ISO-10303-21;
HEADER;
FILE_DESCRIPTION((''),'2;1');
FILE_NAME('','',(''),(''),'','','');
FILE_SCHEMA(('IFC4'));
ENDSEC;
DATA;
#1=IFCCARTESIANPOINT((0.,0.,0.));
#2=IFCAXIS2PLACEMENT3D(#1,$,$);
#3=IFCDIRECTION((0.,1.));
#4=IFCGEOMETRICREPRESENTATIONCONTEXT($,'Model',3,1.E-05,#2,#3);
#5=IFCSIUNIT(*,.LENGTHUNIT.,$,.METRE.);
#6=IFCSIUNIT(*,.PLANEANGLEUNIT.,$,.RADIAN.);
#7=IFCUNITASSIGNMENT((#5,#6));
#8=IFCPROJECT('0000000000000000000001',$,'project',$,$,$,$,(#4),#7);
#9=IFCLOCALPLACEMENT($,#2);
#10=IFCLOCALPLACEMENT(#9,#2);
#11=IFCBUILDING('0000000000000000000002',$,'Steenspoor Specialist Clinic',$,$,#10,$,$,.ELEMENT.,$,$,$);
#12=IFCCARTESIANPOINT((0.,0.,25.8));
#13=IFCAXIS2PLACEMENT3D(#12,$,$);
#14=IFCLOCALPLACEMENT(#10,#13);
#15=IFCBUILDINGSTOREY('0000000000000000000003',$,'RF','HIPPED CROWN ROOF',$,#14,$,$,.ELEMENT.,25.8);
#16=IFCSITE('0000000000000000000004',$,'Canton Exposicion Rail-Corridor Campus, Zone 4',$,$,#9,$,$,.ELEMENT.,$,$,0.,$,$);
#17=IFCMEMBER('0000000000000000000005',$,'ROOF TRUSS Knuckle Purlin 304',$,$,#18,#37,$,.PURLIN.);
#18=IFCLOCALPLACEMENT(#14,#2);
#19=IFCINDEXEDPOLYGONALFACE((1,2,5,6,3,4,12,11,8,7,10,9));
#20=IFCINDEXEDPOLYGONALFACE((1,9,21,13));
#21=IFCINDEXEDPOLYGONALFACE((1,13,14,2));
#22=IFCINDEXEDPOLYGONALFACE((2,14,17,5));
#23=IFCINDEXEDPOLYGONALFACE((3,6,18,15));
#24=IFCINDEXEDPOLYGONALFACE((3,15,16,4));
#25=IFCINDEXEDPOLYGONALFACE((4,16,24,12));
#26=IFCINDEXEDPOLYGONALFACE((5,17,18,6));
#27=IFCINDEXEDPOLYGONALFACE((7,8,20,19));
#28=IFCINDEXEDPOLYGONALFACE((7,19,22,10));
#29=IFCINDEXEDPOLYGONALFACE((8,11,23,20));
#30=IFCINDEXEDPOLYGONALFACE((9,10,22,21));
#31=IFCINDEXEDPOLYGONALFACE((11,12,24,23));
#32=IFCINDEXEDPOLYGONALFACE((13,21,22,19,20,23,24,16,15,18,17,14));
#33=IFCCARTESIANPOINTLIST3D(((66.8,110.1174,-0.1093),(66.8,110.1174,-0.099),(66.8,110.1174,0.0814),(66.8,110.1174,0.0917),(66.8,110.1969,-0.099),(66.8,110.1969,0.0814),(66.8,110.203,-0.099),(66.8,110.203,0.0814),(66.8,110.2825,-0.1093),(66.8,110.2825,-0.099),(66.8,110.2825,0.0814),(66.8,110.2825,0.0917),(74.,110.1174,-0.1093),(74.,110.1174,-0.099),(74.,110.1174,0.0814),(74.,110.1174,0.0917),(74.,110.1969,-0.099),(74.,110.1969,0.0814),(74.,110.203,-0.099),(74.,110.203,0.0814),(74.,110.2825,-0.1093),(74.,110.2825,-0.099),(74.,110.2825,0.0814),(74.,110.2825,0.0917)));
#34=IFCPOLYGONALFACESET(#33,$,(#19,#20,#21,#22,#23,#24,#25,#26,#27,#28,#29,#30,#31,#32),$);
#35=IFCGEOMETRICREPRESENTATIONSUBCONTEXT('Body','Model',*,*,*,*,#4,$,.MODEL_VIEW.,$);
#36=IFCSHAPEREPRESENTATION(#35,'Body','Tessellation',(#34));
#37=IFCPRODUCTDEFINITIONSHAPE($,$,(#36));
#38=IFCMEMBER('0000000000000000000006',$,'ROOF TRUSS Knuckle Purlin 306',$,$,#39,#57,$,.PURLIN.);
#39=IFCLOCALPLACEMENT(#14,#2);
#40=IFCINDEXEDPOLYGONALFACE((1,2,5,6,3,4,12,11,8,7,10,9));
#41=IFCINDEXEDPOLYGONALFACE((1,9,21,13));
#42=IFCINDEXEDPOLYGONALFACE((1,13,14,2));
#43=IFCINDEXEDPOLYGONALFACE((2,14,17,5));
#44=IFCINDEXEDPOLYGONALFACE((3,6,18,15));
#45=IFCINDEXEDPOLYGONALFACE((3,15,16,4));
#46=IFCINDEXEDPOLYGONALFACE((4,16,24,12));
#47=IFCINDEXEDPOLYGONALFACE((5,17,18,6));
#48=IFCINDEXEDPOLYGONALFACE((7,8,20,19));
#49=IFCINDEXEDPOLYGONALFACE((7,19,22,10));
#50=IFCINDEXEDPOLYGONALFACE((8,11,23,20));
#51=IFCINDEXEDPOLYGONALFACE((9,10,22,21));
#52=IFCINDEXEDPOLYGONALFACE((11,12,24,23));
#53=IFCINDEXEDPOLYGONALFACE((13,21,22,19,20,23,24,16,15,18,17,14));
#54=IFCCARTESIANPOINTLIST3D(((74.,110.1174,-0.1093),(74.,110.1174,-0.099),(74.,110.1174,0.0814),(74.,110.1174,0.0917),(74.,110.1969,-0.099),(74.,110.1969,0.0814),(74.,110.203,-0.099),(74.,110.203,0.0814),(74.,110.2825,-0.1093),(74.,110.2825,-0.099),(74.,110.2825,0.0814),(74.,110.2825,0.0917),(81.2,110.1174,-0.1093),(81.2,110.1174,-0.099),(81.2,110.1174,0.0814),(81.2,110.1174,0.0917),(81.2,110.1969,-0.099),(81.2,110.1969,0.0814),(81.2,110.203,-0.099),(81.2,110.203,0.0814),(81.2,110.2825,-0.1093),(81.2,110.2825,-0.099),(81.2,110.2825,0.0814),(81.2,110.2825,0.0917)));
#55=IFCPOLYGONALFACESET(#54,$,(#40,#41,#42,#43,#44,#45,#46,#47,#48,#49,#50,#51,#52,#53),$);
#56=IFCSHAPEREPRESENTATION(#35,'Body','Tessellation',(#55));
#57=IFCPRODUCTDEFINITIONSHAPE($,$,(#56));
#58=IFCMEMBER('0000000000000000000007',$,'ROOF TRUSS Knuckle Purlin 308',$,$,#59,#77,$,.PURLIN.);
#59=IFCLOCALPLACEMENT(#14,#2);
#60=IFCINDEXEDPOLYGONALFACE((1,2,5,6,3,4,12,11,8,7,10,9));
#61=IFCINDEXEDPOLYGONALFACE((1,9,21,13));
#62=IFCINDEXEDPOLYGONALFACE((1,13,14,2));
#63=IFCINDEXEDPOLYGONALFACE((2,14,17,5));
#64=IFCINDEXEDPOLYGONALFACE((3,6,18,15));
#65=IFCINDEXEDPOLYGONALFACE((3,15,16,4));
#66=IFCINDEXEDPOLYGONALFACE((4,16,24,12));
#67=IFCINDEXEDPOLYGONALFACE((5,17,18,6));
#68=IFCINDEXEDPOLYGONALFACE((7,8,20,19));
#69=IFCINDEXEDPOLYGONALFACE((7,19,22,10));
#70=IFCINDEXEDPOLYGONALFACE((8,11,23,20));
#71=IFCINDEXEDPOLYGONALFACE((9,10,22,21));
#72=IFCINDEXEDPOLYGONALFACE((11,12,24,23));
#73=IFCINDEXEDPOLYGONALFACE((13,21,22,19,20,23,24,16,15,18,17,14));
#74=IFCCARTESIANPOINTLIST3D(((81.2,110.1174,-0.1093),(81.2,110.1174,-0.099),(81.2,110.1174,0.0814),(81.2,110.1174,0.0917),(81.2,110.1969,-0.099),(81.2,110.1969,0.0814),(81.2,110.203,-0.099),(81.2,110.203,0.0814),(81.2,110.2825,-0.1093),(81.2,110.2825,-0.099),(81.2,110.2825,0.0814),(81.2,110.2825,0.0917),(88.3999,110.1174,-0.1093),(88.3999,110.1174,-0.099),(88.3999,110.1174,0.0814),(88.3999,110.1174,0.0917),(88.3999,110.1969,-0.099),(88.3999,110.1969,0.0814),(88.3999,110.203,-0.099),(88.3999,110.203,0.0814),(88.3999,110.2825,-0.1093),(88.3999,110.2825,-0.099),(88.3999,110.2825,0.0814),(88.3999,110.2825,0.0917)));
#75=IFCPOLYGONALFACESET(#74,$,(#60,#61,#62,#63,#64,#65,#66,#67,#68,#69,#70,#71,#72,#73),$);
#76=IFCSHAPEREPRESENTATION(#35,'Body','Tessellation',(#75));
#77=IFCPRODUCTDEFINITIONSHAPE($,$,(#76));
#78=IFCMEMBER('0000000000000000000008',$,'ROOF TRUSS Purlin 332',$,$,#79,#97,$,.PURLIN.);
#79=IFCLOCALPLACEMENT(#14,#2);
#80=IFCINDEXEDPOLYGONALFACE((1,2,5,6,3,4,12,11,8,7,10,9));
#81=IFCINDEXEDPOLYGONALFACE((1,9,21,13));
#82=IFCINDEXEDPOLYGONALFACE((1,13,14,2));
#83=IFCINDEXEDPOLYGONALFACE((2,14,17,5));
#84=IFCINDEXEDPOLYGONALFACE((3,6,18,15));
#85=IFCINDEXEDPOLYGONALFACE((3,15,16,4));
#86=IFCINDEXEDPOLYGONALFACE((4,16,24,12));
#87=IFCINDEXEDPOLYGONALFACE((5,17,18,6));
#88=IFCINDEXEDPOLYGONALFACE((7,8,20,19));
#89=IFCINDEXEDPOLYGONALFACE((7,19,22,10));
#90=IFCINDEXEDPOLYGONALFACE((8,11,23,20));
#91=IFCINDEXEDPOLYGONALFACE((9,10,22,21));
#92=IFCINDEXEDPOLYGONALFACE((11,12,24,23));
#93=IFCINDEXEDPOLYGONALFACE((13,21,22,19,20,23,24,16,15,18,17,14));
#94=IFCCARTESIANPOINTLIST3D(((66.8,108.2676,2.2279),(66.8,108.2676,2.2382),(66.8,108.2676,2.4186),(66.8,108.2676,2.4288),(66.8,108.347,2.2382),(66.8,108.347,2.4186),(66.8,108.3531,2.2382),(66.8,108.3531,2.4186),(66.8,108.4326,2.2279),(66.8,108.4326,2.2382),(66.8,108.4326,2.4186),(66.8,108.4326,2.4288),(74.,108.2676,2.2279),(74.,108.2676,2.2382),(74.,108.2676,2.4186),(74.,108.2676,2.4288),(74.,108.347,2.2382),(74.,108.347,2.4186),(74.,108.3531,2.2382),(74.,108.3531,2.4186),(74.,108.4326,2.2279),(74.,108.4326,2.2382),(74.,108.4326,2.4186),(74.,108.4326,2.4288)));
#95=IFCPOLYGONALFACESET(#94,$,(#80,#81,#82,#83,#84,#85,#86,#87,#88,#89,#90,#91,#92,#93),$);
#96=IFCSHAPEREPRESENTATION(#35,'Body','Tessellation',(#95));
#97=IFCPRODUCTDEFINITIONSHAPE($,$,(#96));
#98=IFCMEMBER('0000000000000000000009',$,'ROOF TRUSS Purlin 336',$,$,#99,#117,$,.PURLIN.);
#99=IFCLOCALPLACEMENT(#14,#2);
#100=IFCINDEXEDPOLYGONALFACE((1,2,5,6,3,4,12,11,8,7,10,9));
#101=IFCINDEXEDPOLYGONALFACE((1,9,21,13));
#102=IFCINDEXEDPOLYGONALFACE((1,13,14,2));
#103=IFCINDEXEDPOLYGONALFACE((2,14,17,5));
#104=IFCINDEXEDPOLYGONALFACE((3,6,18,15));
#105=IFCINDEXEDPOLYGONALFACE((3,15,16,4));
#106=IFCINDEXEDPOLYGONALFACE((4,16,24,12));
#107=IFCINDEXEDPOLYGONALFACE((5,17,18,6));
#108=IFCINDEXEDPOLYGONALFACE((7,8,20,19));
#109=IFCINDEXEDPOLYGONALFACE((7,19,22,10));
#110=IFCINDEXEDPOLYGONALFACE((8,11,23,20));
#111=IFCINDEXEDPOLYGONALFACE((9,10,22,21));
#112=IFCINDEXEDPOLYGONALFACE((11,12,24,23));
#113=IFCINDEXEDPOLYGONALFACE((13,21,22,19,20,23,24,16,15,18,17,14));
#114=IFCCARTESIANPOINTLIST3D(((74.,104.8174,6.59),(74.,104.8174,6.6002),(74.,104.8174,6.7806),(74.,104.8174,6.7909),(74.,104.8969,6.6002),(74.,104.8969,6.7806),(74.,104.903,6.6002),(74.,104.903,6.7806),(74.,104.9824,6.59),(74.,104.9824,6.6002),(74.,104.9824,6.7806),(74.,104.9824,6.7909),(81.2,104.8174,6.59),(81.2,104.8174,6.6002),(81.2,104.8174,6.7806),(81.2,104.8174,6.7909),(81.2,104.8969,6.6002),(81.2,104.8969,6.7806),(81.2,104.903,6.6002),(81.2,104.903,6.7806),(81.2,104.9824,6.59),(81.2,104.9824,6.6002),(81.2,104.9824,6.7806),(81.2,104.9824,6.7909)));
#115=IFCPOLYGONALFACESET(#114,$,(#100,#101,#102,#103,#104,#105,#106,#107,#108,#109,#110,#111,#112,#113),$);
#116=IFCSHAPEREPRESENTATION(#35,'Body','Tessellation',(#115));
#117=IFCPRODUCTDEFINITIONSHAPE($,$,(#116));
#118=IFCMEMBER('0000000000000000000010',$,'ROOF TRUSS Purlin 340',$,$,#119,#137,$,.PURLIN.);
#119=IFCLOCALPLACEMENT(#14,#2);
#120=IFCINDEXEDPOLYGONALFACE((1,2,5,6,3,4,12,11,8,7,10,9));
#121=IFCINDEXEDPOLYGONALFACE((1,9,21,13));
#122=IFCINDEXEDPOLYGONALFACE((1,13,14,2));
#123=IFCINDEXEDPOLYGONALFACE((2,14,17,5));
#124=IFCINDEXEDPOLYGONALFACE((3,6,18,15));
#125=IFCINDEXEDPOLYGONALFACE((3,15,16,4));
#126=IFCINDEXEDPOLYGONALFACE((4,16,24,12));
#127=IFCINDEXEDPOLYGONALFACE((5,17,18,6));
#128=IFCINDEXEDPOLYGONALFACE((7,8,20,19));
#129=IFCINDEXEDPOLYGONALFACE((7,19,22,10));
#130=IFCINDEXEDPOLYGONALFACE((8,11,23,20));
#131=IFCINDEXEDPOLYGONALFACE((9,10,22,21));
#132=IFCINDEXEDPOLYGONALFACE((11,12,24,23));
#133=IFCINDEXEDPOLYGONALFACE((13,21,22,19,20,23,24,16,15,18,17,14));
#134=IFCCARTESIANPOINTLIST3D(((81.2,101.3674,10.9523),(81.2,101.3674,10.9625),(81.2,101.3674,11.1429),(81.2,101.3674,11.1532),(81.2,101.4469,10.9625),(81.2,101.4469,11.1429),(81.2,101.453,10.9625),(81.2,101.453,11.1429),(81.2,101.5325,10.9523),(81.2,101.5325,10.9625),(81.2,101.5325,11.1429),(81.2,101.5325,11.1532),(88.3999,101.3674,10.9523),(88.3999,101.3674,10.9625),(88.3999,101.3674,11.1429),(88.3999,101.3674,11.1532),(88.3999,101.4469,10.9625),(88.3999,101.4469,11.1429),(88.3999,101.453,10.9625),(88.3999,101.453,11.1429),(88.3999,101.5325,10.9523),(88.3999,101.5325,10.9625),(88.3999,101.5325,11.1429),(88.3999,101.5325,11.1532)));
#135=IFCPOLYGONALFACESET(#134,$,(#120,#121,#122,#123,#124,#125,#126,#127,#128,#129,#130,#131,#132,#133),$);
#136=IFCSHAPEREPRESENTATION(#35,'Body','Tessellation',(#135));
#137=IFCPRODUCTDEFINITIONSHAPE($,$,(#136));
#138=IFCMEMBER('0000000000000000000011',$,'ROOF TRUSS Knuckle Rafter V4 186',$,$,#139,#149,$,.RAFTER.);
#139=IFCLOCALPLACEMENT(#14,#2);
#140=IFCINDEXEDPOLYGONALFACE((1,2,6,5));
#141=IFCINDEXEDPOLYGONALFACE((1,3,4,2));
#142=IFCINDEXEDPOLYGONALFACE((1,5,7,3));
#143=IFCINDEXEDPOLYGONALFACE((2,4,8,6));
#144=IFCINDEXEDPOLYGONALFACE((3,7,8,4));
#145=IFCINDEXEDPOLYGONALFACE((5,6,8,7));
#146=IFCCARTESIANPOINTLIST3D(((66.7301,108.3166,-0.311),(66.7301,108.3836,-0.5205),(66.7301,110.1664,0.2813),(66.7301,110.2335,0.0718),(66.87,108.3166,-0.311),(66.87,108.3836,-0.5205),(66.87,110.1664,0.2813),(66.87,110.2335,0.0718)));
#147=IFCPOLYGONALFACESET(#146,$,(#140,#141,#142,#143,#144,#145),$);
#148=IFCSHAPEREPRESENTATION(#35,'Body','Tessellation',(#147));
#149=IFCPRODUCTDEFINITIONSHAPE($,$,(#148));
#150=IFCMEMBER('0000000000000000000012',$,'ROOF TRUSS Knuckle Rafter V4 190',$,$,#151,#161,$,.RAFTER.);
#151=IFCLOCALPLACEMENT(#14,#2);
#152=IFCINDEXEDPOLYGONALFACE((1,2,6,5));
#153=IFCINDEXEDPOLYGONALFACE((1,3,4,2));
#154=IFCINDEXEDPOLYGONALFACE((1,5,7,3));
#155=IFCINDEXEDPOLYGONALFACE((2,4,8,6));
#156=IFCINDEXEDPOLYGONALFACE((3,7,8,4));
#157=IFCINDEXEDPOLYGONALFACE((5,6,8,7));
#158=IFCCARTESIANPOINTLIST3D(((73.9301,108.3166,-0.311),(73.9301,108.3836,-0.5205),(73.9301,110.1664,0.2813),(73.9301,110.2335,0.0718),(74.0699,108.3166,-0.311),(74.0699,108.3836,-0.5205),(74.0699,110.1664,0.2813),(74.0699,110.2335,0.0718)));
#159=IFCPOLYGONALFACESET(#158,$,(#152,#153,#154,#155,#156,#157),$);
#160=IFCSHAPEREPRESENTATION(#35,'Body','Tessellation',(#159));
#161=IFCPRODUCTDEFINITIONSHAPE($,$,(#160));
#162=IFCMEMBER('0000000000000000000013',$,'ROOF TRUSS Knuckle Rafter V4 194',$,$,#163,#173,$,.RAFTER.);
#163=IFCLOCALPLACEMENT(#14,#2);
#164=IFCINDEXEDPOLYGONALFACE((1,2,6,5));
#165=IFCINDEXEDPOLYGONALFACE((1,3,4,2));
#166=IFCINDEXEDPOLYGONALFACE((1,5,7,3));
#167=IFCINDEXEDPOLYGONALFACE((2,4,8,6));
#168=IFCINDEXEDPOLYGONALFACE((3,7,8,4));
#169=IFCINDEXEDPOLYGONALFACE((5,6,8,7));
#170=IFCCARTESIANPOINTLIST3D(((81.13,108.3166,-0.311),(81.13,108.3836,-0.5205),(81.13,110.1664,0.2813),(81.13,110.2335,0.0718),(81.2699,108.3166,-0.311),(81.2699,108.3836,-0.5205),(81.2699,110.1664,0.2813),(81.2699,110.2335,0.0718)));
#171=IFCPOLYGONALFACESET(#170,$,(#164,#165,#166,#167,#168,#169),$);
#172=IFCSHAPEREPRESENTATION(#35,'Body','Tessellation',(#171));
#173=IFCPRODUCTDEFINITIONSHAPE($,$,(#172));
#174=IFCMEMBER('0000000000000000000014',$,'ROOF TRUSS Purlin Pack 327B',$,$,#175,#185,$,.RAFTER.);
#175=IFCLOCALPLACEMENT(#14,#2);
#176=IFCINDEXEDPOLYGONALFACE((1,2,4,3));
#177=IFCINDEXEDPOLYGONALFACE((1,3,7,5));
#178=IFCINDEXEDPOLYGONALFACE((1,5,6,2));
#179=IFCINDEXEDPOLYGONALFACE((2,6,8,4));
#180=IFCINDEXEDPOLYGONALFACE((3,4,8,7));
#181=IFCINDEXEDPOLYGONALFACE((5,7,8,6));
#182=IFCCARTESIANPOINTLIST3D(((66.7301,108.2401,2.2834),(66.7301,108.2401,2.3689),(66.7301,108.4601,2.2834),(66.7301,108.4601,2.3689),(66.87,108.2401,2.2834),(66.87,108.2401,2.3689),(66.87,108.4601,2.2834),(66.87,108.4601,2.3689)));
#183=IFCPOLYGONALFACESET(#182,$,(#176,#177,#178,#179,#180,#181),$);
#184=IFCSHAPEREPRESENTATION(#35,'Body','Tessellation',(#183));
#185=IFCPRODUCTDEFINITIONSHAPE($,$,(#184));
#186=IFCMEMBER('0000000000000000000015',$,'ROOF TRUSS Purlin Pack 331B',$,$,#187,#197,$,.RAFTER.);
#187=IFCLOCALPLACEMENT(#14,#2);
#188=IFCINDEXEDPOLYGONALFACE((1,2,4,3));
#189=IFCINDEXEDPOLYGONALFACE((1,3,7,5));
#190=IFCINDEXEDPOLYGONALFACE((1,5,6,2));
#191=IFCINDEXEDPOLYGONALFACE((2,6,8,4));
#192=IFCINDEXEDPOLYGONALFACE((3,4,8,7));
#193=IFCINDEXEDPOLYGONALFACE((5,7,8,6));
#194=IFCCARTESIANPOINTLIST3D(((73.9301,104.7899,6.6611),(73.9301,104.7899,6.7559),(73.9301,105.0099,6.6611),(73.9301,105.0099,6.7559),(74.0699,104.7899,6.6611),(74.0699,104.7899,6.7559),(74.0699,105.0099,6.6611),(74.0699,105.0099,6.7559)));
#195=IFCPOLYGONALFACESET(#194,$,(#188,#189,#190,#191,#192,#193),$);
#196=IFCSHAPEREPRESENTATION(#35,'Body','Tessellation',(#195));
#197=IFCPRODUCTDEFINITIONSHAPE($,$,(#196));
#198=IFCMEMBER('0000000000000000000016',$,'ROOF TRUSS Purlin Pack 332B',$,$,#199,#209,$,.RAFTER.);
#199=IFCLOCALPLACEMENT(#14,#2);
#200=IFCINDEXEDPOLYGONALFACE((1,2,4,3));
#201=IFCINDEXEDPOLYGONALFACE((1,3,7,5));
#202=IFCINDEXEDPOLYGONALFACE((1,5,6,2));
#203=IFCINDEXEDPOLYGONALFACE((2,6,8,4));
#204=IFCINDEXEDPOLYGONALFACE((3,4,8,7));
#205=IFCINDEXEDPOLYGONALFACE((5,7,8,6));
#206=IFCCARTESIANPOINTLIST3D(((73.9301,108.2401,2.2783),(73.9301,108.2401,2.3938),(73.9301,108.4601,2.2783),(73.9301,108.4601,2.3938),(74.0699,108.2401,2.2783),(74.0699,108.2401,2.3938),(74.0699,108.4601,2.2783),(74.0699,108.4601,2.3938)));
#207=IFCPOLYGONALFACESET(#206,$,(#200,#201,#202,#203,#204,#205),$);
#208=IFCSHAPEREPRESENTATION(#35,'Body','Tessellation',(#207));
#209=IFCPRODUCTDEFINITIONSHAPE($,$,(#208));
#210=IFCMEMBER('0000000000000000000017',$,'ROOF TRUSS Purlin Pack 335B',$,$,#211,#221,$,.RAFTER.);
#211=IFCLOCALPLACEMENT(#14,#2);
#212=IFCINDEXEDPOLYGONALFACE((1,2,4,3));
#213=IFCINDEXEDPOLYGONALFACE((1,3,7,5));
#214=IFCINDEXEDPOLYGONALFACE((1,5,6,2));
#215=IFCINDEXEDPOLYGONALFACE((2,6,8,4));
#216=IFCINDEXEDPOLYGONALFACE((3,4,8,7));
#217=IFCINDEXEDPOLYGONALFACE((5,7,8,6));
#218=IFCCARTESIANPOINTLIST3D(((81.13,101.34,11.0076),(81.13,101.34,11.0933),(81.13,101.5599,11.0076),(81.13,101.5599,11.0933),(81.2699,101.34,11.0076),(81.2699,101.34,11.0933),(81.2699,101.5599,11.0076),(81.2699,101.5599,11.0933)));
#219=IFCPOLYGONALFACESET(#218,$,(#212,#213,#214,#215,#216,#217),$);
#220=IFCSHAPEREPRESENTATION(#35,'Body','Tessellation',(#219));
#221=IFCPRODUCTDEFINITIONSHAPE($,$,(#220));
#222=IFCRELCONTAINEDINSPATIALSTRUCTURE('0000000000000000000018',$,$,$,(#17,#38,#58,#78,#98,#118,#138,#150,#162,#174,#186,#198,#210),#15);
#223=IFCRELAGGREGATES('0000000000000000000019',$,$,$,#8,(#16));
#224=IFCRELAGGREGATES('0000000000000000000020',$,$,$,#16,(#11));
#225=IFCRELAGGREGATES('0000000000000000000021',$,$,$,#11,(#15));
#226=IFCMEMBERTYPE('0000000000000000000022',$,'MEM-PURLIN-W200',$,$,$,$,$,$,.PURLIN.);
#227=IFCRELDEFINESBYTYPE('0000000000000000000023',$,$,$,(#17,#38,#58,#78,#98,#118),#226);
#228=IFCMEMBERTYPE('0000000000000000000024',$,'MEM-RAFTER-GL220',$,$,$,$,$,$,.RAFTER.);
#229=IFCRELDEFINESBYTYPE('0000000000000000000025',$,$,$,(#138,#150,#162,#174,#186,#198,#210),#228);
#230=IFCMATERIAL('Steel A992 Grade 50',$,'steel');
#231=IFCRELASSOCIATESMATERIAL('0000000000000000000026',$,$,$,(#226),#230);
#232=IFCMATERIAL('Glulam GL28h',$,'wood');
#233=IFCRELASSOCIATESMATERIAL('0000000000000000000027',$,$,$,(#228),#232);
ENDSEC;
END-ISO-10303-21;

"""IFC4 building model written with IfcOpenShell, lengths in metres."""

from ifc_helpers import new_model, si_unit, direction, frame, origin, origin_2d, place, context, subcontext, project, spatial, rectangle, i_section, extrude, material, material_profile, profile_set, type_object, element, save


model = new_model("IFC4")

# Units and contexts
model_context = context("Model", 3, precision=1e-05, world=origin(), true_north=direction((0.0, 1.0)))
body_context = subcontext(model_context, "Body", "Model", "MODEL_VIEW")
ifc_project = project(units=[si_unit("LENGTHUNIT", "METRE"), si_unit("PLANEANGLEUNIT", "RADIAN")], contexts=[model_context])

# Site, building, storey
site_placement = place(None, origin())
site = spatial("IfcSite", under=ifc_project, at=site_placement, Name="Canton Exposicion Rail-Corridor Campus, Zone 4", CompositionType="ELEMENT", RefElevation=0.0)
building_placement = place(site_placement, origin())
building = spatial("IfcBuilding", under=site, at=building_placement, Name="Steenspoor Specialist Clinic", CompositionType="ELEMENT")
storey_placement = place(building_placement, frame((0.0, 0.0, 25.8)))
storey = spatial("IfcBuildingStorey", under=building, at=storey_placement, Name="RF", Description="HIPPED CROWN ROOF", CompositionType="ELEMENT", Elevation=25.8)

# Members
ifc_material_1 = material(Name="Steel A992 Grade 50", Category="steel")
ifc_material_profile_1 = material_profile(ifc_material_1, i_section(OverallWidth=0.165, OverallDepth=0.2009, WebThickness=0.0061, FlangeThickness=0.0103, at=origin_2d()), Name="W200X36")
ifc_profile_set_1 = profile_set([ifc_material_profile_1], Name="Steel A992 Grade 50")
member_type_1 = type_object("IfcMemberType", Name="MEM-PURLIN-W200", PredefinedType="PURLIN", material=ifc_profile_set_1)
for number, where, z_axis, x_axis, name in (
    (1, (66.8, 110.2, -0.0088), (1.0, 0.0, 0.0), (0.0, 1.0, 0.0), "ROOF TRUSS Knuckle Purlin 304"),
    (2, (74.0, 110.2, -0.0088), (1.0, 0.0, 0.0), (0.0, 1.0, 0.0), "ROOF TRUSS Knuckle Purlin 306"),
    (3, (81.2, 110.2, -0.0088), (1.0, 0.0, 0.0), (0.0, 1.0, 0.0), "ROOF TRUSS Knuckle Purlin 308"),
    (4, (66.8, 108.3501, 2.3284), (1.0, 0.0, 0.0), (0.0, 1.0, 0.0), "ROOF TRUSS Purlin 332"),
    (5, (74.0, 104.8999, 6.6904), (1.0, 0.0, 0.0), (0.0, 1.0, 0.0), "ROOF TRUSS Purlin 336"),
    (6, (81.2, 101.45, 11.0527), (1.0, 0.0, 0.0), (0.0, 1.0, 0.0), "ROOF TRUSS Purlin 340"),
):
    element("IfcMember", number, at=place(storey_placement, frame(where, z_axis=z_axis, x_axis=x_axis)), inside=storey, type_object=member_type_1, Name=name, PredefinedType="PURLIN", context=body_context, shape_type="SweptSolid", body=[
        extrude(i_section(OverallWidth=0.165, OverallDepth=0.2009, WebThickness=0.0061, FlangeThickness=0.0103, at=origin_2d()), origin(), (0.0, 0.0, 1.0), 7.2),
    ])
ifc_material_2 = material(Name="Glulam GL28h", Category="wood")
ifc_material_profile_2 = material_profile(ifc_material_2, rectangle(XDim=0.1399, YDim=0.22, at=origin_2d()), Name="GL28H-140X220")
ifc_profile_set_2 = profile_set([ifc_material_profile_2], Name="Glulam GL28h")
member_type_2 = type_object("IfcMemberType", Name="MEM-RAFTER-GL220", PredefinedType="RAFTER", material=ifc_profile_set_2)
for number, where, z_axis, x_axis, name in (
    (7, (66.8, 108.3501, -0.4158), (0.0, 0.952375, 0.304931), (-1.0, 0.0, 0.0), "ROOF TRUSS Knuckle Rafter V4 186"),
    (8, (74.0, 108.3501, -0.4158), (0.0, 0.952375, 0.304931), (-1.0, 0.0, 0.0), "ROOF TRUSS Knuckle Rafter V4 190"),
    (9, (81.2, 108.3501, -0.4158), (0.0, 0.952375, 0.304931), (-1.0, 0.0, 0.0), "ROOF TRUSS Knuckle Rafter V4 194"),
):
    element("IfcMember", number, at=place(storey_placement, frame(where, z_axis=z_axis, x_axis=x_axis)), inside=storey, type_object=member_type_2, Name=name, PredefinedType="RAFTER", context=body_context, shape_type="SweptSolid", body=[
        extrude(rectangle(XDim=0.1399, YDim=0.22, at=origin_2d()), origin(), (0.0, 0.0, 1.0), 1.9424),
    ])
member_1_placement = place(storey_placement, frame((66.8, 108.3501, 2.2834), z_axis=(0.0, 0.0, 1.0), x_axis=(1.0, 0.0, 0.0)))
element("IfcMember", 10, at=member_1_placement, inside=storey, type_object=member_type_2, Name="ROOF TRUSS Purlin Pack 327B", PredefinedType="RAFTER", context=body_context, shape_type="SweptSolid", body=[
    extrude(rectangle(XDim=0.1399, YDim=0.22, at=origin_2d()), origin(), (0.0, 0.0, 1.0), 0.0854),
])
member_2_placement = place(storey_placement, frame((74.0, 104.8999, 6.6611), z_axis=(0.0, 0.0, 1.0), x_axis=(1.0, 0.0, 0.0)))
element("IfcMember", 11, at=member_2_placement, inside=storey, type_object=member_type_2, Name="ROOF TRUSS Purlin Pack 331B", PredefinedType="RAFTER", context=body_context, shape_type="SweptSolid", body=[
    extrude(rectangle(XDim=0.1399, YDim=0.22, at=origin_2d()), origin(), (0.0, 0.0, 1.0), 0.0947),
])
member_3_placement = place(storey_placement, frame((74.0, 108.3501, 2.2783), z_axis=(0.0, 0.0, 1.0), x_axis=(1.0, 0.0, 0.0)))
element("IfcMember", 12, at=member_3_placement, inside=storey, type_object=member_type_2, Name="ROOF TRUSS Purlin Pack 332B", PredefinedType="RAFTER", context=body_context, shape_type="SweptSolid", body=[
    extrude(rectangle(XDim=0.1399, YDim=0.22, at=origin_2d()), origin(), (0.0, 0.0, 1.0), 0.1155),
])
member_4_placement = place(storey_placement, frame((81.2, 101.45, 11.0076), z_axis=(0.0, 0.0, 1.0), x_axis=(1.0, 0.0, 0.0)))
element("IfcMember", 13, at=member_4_placement, inside=storey, type_object=member_type_2, Name="ROOF TRUSS Purlin Pack 335B", PredefinedType="RAFTER", context=body_context, shape_type="SweptSolid", body=[
    extrude(rectangle(XDim=0.1399, YDim=0.22, at=origin_2d()), origin(), (0.0, 0.0, 1.0), 0.0857),
])

save(model, "model.ifc")
